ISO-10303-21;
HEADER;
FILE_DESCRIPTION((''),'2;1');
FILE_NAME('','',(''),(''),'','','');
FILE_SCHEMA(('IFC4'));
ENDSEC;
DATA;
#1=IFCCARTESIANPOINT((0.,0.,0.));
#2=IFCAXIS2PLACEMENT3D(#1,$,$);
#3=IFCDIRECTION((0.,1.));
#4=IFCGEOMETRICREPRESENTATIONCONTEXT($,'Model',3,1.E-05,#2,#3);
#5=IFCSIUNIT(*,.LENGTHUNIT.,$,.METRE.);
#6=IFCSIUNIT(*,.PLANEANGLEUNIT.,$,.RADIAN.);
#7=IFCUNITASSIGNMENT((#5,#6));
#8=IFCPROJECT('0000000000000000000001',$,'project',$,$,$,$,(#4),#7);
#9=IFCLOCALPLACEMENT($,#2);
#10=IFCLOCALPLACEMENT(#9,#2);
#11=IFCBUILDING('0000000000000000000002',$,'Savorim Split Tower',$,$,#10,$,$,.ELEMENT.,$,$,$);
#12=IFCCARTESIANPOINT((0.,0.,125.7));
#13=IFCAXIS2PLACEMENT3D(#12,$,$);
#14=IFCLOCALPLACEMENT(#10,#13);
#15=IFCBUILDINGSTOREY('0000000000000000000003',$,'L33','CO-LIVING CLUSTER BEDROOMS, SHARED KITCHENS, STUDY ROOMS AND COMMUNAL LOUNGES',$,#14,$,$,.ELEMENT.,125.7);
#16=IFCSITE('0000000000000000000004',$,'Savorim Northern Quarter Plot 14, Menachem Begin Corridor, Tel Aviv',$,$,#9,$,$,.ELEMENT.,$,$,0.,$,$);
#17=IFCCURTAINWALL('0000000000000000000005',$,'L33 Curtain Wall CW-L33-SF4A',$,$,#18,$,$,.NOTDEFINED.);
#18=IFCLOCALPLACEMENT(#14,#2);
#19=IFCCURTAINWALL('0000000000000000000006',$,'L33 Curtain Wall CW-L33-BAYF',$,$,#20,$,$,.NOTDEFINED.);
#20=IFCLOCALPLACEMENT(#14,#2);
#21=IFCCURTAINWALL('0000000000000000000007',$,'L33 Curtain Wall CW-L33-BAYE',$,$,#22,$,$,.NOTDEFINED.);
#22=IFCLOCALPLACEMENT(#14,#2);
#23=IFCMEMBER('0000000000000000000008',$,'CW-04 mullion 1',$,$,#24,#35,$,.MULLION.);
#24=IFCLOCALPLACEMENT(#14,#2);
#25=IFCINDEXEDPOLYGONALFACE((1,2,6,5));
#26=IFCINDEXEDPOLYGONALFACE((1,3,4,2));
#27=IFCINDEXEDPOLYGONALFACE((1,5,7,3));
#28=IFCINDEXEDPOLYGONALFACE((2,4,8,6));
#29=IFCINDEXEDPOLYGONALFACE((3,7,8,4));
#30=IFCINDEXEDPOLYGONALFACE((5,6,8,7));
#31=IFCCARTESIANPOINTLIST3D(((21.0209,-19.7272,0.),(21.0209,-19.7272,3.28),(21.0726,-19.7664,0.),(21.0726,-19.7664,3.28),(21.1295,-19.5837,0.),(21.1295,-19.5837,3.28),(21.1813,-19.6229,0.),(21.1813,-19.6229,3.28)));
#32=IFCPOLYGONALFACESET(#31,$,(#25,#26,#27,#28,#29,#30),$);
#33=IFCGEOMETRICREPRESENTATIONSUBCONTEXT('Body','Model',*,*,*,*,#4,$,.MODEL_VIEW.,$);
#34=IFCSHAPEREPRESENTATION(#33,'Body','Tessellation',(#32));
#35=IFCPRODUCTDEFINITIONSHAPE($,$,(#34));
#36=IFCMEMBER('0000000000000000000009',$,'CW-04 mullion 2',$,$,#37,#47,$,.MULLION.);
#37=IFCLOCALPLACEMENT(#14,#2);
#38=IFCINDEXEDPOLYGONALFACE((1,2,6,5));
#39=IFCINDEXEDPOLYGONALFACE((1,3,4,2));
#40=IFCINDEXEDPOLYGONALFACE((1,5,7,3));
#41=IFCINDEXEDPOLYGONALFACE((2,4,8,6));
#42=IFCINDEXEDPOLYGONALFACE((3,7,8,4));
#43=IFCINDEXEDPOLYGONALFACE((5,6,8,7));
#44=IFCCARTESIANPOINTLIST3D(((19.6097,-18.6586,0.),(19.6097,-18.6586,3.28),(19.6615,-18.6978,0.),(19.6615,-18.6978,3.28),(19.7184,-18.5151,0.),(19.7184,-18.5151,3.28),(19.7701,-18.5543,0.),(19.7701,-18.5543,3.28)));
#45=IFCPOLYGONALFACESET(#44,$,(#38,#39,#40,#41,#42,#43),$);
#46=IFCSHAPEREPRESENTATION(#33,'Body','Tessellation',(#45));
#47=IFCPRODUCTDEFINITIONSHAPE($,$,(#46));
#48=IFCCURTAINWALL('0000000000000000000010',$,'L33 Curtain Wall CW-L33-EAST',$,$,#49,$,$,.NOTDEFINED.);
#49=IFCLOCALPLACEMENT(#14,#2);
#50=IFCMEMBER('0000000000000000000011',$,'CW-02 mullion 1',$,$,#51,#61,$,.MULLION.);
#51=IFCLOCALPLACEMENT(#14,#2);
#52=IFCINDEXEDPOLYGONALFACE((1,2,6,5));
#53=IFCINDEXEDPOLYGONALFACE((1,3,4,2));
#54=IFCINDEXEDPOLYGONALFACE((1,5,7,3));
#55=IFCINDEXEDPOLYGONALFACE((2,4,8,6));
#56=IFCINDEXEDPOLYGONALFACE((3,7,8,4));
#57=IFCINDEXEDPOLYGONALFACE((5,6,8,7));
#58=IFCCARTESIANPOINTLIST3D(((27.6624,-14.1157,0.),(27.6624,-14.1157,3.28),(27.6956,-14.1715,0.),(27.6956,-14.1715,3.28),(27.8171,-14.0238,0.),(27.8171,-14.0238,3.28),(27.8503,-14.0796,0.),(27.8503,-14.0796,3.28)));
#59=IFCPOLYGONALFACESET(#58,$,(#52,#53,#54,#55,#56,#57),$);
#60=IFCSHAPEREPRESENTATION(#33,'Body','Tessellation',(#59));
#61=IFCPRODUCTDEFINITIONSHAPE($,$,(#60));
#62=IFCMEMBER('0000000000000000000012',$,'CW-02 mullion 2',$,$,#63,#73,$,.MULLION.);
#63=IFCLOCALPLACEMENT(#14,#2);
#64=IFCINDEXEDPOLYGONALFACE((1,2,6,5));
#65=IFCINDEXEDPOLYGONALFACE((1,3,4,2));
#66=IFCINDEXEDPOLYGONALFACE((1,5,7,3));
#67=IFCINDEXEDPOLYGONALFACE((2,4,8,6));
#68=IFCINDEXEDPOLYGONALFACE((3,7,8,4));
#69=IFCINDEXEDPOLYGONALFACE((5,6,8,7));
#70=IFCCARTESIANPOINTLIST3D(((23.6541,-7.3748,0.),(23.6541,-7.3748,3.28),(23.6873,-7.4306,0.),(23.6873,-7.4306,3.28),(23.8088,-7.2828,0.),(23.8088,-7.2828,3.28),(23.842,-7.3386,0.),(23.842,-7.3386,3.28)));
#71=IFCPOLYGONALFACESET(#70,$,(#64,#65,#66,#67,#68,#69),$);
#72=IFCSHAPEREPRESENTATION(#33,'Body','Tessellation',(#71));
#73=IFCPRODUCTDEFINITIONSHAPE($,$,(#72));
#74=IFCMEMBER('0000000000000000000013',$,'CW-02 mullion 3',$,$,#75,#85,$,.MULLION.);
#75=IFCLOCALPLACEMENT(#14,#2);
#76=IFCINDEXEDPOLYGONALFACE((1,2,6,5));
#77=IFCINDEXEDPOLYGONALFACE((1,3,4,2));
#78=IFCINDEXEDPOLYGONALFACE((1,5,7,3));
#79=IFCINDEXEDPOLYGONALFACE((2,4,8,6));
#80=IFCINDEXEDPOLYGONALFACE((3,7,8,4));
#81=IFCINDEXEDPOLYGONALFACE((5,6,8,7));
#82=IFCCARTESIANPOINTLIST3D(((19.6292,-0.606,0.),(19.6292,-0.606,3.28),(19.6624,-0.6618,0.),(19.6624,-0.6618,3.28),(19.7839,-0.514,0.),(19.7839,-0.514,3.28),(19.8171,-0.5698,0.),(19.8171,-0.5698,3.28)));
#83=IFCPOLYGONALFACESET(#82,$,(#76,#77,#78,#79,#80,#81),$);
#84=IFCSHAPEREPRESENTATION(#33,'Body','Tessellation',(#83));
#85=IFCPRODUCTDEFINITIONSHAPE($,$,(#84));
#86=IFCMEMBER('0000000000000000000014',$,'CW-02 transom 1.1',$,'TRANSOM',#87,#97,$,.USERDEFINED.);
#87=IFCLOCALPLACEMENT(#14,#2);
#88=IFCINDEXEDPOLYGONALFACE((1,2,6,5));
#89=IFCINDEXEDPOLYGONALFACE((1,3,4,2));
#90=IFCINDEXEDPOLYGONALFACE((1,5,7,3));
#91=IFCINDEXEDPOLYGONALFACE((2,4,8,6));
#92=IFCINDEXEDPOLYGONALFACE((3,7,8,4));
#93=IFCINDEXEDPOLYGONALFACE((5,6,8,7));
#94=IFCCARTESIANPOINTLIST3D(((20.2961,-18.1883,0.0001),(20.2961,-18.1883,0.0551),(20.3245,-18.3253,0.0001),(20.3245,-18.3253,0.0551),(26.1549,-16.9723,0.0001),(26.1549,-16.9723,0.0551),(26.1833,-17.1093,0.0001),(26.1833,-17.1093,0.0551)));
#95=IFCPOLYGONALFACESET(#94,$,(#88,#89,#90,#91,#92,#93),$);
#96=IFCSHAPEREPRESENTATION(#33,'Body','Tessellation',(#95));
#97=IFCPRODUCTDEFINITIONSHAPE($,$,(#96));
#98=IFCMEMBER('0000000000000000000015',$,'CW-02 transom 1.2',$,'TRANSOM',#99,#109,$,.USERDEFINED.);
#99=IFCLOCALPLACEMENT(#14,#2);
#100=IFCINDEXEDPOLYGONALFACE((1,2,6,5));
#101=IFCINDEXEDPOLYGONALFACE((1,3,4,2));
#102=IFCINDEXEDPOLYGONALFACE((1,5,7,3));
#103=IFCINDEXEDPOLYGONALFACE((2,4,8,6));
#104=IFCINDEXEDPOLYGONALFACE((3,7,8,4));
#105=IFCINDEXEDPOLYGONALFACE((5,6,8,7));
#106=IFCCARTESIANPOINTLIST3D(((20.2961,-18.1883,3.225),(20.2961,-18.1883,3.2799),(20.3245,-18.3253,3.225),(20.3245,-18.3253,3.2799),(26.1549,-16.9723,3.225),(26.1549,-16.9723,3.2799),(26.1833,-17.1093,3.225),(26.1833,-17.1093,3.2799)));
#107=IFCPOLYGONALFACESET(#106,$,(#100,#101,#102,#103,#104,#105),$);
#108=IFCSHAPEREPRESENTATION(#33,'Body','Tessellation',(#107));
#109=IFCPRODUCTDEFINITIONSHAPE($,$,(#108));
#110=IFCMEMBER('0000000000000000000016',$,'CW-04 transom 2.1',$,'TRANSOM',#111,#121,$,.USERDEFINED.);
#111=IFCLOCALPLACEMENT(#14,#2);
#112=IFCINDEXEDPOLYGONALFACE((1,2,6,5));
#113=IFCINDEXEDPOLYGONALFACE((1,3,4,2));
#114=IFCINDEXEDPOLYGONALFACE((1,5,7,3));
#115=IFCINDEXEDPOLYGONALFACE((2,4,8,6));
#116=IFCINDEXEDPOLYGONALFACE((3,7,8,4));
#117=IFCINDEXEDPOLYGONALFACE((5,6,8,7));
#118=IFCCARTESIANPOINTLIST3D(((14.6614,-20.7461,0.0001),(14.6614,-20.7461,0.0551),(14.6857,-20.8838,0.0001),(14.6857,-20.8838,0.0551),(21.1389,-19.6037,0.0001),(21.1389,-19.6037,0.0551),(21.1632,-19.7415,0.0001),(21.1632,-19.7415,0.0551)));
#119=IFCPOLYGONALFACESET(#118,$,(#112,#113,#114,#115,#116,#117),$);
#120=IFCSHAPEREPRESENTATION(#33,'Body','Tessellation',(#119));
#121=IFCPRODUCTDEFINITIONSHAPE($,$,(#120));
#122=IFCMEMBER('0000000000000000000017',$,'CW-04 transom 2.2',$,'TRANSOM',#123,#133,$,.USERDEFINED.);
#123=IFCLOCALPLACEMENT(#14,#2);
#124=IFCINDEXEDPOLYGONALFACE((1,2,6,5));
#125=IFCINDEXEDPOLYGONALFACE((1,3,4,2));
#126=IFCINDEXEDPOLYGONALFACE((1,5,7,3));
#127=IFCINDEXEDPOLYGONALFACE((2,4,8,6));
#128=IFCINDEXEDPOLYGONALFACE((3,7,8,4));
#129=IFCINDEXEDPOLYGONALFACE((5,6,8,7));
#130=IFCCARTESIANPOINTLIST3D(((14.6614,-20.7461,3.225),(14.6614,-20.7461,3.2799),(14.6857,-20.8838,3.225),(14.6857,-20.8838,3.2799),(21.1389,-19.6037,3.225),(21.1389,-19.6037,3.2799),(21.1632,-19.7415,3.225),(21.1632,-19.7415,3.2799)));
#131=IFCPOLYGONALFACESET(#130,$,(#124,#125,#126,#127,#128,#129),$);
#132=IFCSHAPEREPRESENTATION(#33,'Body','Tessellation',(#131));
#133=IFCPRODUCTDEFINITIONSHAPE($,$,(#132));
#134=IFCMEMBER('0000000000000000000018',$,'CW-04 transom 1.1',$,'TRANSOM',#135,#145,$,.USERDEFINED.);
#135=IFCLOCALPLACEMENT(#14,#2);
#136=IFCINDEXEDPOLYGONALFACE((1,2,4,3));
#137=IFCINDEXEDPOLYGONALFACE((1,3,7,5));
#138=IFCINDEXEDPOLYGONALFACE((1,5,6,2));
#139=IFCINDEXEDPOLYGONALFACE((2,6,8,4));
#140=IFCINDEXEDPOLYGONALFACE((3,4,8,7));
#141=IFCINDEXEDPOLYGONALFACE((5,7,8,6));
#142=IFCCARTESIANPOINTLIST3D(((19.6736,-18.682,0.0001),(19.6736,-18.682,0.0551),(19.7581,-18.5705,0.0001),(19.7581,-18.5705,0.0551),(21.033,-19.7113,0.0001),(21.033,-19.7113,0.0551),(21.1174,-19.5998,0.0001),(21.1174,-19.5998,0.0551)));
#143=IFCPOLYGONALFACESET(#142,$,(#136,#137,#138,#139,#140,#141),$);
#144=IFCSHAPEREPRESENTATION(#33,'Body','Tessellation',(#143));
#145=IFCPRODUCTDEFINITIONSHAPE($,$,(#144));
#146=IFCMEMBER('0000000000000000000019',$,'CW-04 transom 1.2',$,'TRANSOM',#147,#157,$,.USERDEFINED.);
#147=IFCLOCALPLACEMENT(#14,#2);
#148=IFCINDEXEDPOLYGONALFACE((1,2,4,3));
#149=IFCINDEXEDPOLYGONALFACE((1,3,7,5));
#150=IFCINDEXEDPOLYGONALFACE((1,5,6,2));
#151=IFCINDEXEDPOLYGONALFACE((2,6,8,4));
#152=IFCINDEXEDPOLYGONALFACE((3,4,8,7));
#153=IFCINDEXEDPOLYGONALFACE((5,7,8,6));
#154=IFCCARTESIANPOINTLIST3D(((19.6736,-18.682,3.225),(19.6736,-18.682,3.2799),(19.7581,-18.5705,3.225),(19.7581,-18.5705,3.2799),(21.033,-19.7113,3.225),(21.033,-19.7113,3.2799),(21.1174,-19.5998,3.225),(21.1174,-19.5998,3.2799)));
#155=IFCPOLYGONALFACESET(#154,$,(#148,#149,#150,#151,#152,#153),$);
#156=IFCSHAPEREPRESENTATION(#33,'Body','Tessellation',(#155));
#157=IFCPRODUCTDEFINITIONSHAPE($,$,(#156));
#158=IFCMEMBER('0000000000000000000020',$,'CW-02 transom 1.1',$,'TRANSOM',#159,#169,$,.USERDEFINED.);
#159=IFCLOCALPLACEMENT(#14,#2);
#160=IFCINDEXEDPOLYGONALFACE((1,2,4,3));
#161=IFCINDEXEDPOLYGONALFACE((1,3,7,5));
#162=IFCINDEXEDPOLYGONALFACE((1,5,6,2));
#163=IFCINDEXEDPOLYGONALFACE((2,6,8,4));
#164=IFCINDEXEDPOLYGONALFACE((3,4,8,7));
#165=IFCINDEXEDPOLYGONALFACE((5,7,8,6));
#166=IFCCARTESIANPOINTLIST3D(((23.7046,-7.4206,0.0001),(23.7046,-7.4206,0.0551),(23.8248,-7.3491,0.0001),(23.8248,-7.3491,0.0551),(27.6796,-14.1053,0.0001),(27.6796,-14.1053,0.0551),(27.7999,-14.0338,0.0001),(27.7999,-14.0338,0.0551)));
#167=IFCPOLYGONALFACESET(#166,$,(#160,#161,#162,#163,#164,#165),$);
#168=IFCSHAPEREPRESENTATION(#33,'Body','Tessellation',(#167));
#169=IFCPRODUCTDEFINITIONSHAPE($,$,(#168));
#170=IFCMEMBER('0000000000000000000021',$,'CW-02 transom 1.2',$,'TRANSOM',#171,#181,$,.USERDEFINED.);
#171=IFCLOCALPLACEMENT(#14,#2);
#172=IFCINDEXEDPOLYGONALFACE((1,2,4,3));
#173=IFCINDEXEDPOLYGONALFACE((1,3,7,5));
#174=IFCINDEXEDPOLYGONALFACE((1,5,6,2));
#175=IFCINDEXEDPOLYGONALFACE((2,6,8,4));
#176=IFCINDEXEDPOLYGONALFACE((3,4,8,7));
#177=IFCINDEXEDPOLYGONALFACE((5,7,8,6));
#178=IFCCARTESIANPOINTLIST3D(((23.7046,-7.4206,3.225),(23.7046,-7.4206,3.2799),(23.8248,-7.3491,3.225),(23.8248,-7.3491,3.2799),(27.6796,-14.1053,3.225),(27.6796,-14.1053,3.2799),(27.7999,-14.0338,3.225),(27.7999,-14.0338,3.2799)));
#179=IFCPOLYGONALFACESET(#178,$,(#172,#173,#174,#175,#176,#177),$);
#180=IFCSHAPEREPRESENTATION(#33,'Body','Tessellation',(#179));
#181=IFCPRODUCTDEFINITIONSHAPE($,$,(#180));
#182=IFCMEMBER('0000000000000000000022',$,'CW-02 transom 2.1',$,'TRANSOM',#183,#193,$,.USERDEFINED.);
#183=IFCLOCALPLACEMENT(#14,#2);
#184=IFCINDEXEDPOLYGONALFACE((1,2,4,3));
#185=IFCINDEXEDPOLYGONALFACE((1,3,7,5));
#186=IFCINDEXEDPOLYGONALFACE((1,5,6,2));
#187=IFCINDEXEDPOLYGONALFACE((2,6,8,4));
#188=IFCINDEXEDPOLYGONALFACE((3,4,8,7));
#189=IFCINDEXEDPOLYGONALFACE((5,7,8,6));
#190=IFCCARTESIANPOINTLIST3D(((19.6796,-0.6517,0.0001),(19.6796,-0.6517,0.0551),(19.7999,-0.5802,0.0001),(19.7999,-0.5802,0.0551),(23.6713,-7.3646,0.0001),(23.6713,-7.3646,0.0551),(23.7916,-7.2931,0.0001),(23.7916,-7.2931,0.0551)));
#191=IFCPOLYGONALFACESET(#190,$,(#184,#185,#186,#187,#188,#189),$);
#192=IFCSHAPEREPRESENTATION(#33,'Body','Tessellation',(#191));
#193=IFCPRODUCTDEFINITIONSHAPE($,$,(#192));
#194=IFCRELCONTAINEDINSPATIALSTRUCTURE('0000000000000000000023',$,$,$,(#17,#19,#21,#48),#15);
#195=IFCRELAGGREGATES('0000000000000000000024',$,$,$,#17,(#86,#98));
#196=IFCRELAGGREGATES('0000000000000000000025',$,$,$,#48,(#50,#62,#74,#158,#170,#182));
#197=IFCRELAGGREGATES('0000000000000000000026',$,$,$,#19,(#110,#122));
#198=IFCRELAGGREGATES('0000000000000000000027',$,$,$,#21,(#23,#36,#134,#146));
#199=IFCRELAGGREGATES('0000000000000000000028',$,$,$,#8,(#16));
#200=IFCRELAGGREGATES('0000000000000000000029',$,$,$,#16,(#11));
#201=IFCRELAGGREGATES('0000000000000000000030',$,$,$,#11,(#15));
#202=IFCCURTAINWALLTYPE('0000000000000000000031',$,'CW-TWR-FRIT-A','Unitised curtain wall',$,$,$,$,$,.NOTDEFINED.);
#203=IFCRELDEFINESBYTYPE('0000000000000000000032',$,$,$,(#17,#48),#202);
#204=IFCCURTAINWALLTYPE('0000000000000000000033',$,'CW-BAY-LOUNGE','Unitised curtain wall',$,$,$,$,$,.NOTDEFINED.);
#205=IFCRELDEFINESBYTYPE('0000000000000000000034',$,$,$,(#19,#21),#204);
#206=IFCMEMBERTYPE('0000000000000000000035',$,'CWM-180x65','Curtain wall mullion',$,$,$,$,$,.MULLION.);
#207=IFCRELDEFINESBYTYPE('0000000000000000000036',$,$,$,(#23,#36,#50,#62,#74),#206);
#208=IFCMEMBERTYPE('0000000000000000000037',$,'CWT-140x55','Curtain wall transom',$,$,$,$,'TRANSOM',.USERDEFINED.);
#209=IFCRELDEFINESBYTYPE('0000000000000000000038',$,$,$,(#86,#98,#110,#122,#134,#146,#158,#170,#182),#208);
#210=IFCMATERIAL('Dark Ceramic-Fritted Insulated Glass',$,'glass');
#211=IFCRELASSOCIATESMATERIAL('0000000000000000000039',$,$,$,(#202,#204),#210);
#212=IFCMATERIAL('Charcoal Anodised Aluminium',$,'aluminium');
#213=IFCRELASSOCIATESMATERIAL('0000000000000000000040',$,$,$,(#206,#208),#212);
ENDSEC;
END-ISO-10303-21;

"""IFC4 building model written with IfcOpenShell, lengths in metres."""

from ifc_helpers import new_model, si_unit, direction, frame, origin, origin_2d, place, context, subcontext, project, spatial, rectangle, extrude, material, material_profile, profile_set, type_object, element, aggregate, save


model = new_model("IFC4")

# Units and contexts
model_context = context("Model", 3, precision=1e-05, world=origin(), true_north=direction((0.0, 1.0)))
body_context = subcontext(model_context, "Body", "Model", "MODEL_VIEW")
ifc_project = project(units=[si_unit("LENGTHUNIT", "METRE"), si_unit("PLANEANGLEUNIT", "RADIAN")], contexts=[model_context])

# Site, building, storey
site_placement = place(None, origin())
site = spatial("IfcSite", under=ifc_project, at=site_placement, Name="Savorim Northern Quarter Plot 14, Menachem Begin Corridor, Tel Aviv", CompositionType="ELEMENT", RefElevation=0.0)
building_placement = place(site_placement, origin())
building = spatial("IfcBuilding", under=site, at=building_placement, Name="Savorim Split Tower", CompositionType="ELEMENT")
storey_placement = place(building_placement, frame((0.0, 0.0, 125.7)))
storey = spatial("IfcBuildingStorey", under=building, at=storey_placement, Name="L33", Description="CO-LIVING CLUSTER BEDROOMS, SHARED KITCHENS, STUDY ROOMS AND COMMUNAL LOUNGES", CompositionType="ELEMENT", Elevation=125.7)

# Curtain wall
ifc_material_1 = material(Name="Dark Ceramic-Fritted Insulated Glass", Category="glass")
curtain_wall_type_1 = type_object("IfcCurtainWallType", Name="CW-TWR-FRIT-A", Description="Unitised curtain wall", PredefinedType="NOTDEFINED", material=ifc_material_1)
curtain_wall_1_placement = place(storey_placement, origin())
curtain_wall_1 = element("IfcCurtainWall", 1, at=curtain_wall_1_placement, inside=storey, type_object=curtain_wall_type_1, Name="L33 Curtain Wall CW-L33-SF4A", PredefinedType="NOTDEFINED")
ifc_material_2 = material(Name="Charcoal Anodised Aluminium", Category="aluminium")
ifc_material_profile_1 = material_profile(ifc_material_2, rectangle(XDim=0.1799, YDim=0.0649, at=origin_2d()), Name="ALU-M 180x65")
ifc_profile_set_1 = profile_set([ifc_material_profile_1], Name="Charcoal Anodised Aluminium")
member_type_1 = type_object("IfcMemberType", Name="CWM-180x65", Description="Curtain wall mullion", PredefinedType="MULLION", material=ifc_profile_set_1)

# Curtain wall
curtain_wall_type_2 = type_object("IfcCurtainWallType", Name="CW-BAY-LOUNGE", Description="Unitised curtain wall", PredefinedType="NOTDEFINED", material=ifc_material_1)
curtain_wall_2_placement = place(storey_placement, origin())
curtain_wall_2 = element("IfcCurtainWall", 2, at=curtain_wall_2_placement, inside=storey, type_object=curtain_wall_type_2, Name="L33 Curtain Wall CW-L33-BAYF", PredefinedType="NOTDEFINED")

# Curtain walls, members
curtain_wall_3_placement = place(storey_placement, origin())
curtain_wall_3 = element("IfcCurtainWall", 3, at=curtain_wall_3_placement, inside=storey, type_object=curtain_wall_type_2, Name="L33 Curtain Wall CW-L33-BAYE", PredefinedType="NOTDEFINED")
member_1_placement = place(storey_placement, frame((21.1011, -19.675, 0.0), z_axis=(0.0, 0.0, 1.0), x_axis=(-0.603725, -0.797192, 0.0)))
member_1 = element("IfcMember", 4, at=member_1_placement, type_object=member_type_1, Name="CW-04 mullion 1", PredefinedType="MULLION", context=body_context, shape_type="SweptSolid", body=[
    extrude(rectangle(XDim=0.1799, YDim=0.0649, at=origin_2d()), origin(), (0.0, 0.0, 1.0), 3.28),
])
member_2_placement = place(storey_placement, frame((19.6899, -18.6064, 0.0), z_axis=(0.0, 0.0, 1.0), x_axis=(-0.603725, -0.797192, 0.0)))
member_2 = element("IfcMember", 5, at=member_2_placement, type_object=member_type_1, Name="CW-04 mullion 2", PredefinedType="MULLION", context=body_context, shape_type="SweptSolid", body=[
    extrude(rectangle(XDim=0.1799, YDim=0.0649, at=origin_2d()), origin(), (0.0, 0.0, 1.0), 3.28),
])
curtain_wall_4_placement = place(storey_placement, origin())
curtain_wall_4 = element("IfcCurtainWall", 6, at=curtain_wall_4_placement, inside=storey, type_object=curtain_wall_type_1, Name="L33 Curtain Wall CW-L33-EAST", PredefinedType="NOTDEFINED")
member_3_placement = place(storey_placement, frame((27.7563, -14.0977, 0.0), z_axis=(0.0, 0.0, 1.0), x_axis=(-0.859525, -0.511093, 0.0)))
member_3 = element("IfcMember", 7, at=member_3_placement, type_object=member_type_1, Name="CW-02 mullion 1", PredefinedType="MULLION", context=body_context, shape_type="SweptSolid", body=[
    extrude(rectangle(XDim=0.1799, YDim=0.0649, at=origin_2d()), origin(), (0.0, 0.0, 1.0), 3.28),
])
member_4_placement = place(storey_placement, frame((23.748, -7.3567, 0.0), z_axis=(0.0, 0.0, 1.0), x_axis=(-0.859525, -0.511093, 0.0)))
member_4 = element("IfcMember", 8, at=member_4_placement, type_object=member_type_1, Name="CW-02 mullion 2", PredefinedType="MULLION", context=body_context, shape_type="SweptSolid", body=[
    extrude(rectangle(XDim=0.1799, YDim=0.0649, at=origin_2d()), origin(), (0.0, 0.0, 1.0), 3.28),
])
member_5_placement = place(storey_placement, frame((19.7231, -0.5879, 0.0), z_axis=(0.0, 0.0, 1.0), x_axis=(-0.859525, -0.511093, 0.0)))
member_5 = element("IfcMember", 9, at=member_5_placement, type_object=member_type_1, Name="CW-02 mullion 3", PredefinedType="MULLION", context=body_context, shape_type="SweptSolid", body=[
    extrude(rectangle(XDim=0.1799, YDim=0.0649, at=origin_2d()), origin(), (0.0, 0.0, 1.0), 3.28),
])

# Members
ifc_material_profile_2 = material_profile(ifc_material_2, rectangle(XDim=0.1399, YDim=0.0549, at=origin_2d()), Name="ALU-T 140x55")
ifc_profile_set_2 = profile_set([ifc_material_profile_2], Name="Charcoal Anodised Aluminium")
member_type_2 = type_object("IfcMemberType", Name="CWT-140x55", Description="Curtain wall transom", ElementType="TRANSOM", PredefinedType="USERDEFINED", material=ifc_profile_set_2)
member_6_placement = place(storey_placement, frame((20.3103, -18.2568, 0.0276), z_axis=(0.979132, 0.203228, 0.0), x_axis=(-0.203228, 0.979132, 0.0)))
member_6 = element("IfcMember", 10, at=member_6_placement, type_object=member_type_2, Name="CW-02 transom 1.1", ObjectType="TRANSOM", PredefinedType="USERDEFINED", context=body_context, shape_type="SweptSolid", body=[
    extrude(rectangle(XDim=0.1399, YDim=0.0549, at=origin_2d()), origin(), (0.0, 0.0, 1.0), 5.9836),
])
member_7_placement = place(storey_placement, frame((20.3103, -18.2568, 3.2524), z_axis=(0.979132, 0.203228, 0.0), x_axis=(-0.203228, 0.979132, 0.0)))
member_7 = element("IfcMember", 11, at=member_7_placement, type_object=member_type_2, Name="CW-02 transom 1.2", ObjectType="TRANSOM", PredefinedType="USERDEFINED", context=body_context, shape_type="SweptSolid", body=[
    extrude(rectangle(XDim=0.1399, YDim=0.0549, at=origin_2d()), origin(), (0.0, 0.0, 1.0), 5.9836),
])
member_8_placement = place(storey_placement, frame((14.6736, -20.8149, 0.0276), z_axis=(0.984803, 0.173673, 0.0), x_axis=(-0.173673, 0.984803, 0.0)))
member_8 = element("IfcMember", 12, at=member_8_placement, type_object=member_type_2, Name="CW-04 transom 2.1", ObjectType="TRANSOM", PredefinedType="USERDEFINED", context=body_context, shape_type="SweptSolid", body=[
    extrude(rectangle(XDim=0.1399, YDim=0.0549, at=origin_2d()), origin(), (0.0, 0.0, 1.0), 6.5774),
])
member_9_placement = place(storey_placement, frame((14.6736, -20.8149, 3.2524), z_axis=(0.984803, 0.173673, 0.0), x_axis=(-0.173673, 0.984803, 0.0)))
member_9 = element("IfcMember", 13, at=member_9_placement, type_object=member_type_2, Name="CW-04 transom 2.2", ObjectType="TRANSOM", PredefinedType="USERDEFINED", context=body_context, shape_type="SweptSolid", body=[
    extrude(rectangle(XDim=0.1399, YDim=0.0549, at=origin_2d()), origin(), (0.0, 0.0, 1.0), 6.5774),
])
member_10_placement = place(storey_placement, frame((21.0752, -19.6555, 0.0276), z_axis=(-0.797242, 0.603659, 0.0), x_axis=(-0.603659, -0.797242, 0.0)))
member_10 = element("IfcMember", 14, at=member_10_placement, type_object=member_type_2, Name="CW-04 transom 1.1", ObjectType="TRANSOM", PredefinedType="USERDEFINED", context=body_context, shape_type="SweptSolid", body=[
    extrude(rectangle(XDim=0.1399, YDim=0.0549, at=origin_2d()), origin(), (0.0, 0.0, 1.0), 1.7051),
])
member_11_placement = place(storey_placement, frame((21.0752, -19.6555, 3.2524), z_axis=(-0.797242, 0.603659, 0.0), x_axis=(-0.603659, -0.797242, 0.0)))
member_11 = element("IfcMember", 15, at=member_11_placement, type_object=member_type_2, Name="CW-04 transom 1.2", ObjectType="TRANSOM", PredefinedType="USERDEFINED", context=body_context, shape_type="SweptSolid", body=[
    extrude(rectangle(XDim=0.1399, YDim=0.0549, at=origin_2d()), origin(), (0.0, 0.0, 1.0), 1.7051),
])
member_12_placement = place(storey_placement, frame((27.7397, -14.0696, 0.0276), z_axis=(-0.511108, 0.859517, 0.0), x_axis=(-0.859517, -0.511108, 0.0)))
member_12 = element("IfcMember", 16, at=member_12_placement, type_object=member_type_2, Name="CW-02 transom 1.1", ObjectType="TRANSOM", PredefinedType="USERDEFINED", context=body_context, shape_type="SweptSolid", body=[
    extrude(rectangle(XDim=0.1399, YDim=0.0549, at=origin_2d()), origin(), (0.0, 0.0, 1.0), 7.7773),
])
member_13_placement = place(storey_placement, frame((27.7397, -14.0696, 3.2524), z_axis=(-0.511108, 0.859517, 0.0), x_axis=(-0.859517, -0.511108, 0.0)))
member_13 = element("IfcMember", 17, at=member_13_placement, type_object=member_type_2, Name="CW-02 transom 1.2", ObjectType="TRANSOM", PredefinedType="USERDEFINED", context=body_context, shape_type="SweptSolid", body=[
    extrude(rectangle(XDim=0.1399, YDim=0.0549, at=origin_2d()), origin(), (0.0, 0.0, 1.0), 7.7773),
])
member_14_placement = place(storey_placement, frame((23.7314, -7.3289, 0.0276), z_axis=(-0.511099, 0.859522, 0.0), x_axis=(-0.859522, -0.511099, 0.0)))
member_14 = element("IfcMember", 18, at=member_14_placement, type_object=member_type_2, Name="CW-02 transom 2.1", ObjectType="TRANSOM", PredefinedType="USERDEFINED", context=body_context, shape_type="SweptSolid", body=[
    extrude(rectangle(XDim=0.1399, YDim=0.0549, at=origin_2d()), origin(), (0.0, 0.0, 1.0), 7.8101),
])

aggregate(curtain_wall_1, [member_6, member_7])
aggregate(curtain_wall_4, [member_3, member_4, member_5, member_12, member_13, member_14])
aggregate(curtain_wall_2, [member_8, member_9])
aggregate(curtain_wall_3, [member_1, member_2, member_10, member_11])

save(model, "model.ifc")
